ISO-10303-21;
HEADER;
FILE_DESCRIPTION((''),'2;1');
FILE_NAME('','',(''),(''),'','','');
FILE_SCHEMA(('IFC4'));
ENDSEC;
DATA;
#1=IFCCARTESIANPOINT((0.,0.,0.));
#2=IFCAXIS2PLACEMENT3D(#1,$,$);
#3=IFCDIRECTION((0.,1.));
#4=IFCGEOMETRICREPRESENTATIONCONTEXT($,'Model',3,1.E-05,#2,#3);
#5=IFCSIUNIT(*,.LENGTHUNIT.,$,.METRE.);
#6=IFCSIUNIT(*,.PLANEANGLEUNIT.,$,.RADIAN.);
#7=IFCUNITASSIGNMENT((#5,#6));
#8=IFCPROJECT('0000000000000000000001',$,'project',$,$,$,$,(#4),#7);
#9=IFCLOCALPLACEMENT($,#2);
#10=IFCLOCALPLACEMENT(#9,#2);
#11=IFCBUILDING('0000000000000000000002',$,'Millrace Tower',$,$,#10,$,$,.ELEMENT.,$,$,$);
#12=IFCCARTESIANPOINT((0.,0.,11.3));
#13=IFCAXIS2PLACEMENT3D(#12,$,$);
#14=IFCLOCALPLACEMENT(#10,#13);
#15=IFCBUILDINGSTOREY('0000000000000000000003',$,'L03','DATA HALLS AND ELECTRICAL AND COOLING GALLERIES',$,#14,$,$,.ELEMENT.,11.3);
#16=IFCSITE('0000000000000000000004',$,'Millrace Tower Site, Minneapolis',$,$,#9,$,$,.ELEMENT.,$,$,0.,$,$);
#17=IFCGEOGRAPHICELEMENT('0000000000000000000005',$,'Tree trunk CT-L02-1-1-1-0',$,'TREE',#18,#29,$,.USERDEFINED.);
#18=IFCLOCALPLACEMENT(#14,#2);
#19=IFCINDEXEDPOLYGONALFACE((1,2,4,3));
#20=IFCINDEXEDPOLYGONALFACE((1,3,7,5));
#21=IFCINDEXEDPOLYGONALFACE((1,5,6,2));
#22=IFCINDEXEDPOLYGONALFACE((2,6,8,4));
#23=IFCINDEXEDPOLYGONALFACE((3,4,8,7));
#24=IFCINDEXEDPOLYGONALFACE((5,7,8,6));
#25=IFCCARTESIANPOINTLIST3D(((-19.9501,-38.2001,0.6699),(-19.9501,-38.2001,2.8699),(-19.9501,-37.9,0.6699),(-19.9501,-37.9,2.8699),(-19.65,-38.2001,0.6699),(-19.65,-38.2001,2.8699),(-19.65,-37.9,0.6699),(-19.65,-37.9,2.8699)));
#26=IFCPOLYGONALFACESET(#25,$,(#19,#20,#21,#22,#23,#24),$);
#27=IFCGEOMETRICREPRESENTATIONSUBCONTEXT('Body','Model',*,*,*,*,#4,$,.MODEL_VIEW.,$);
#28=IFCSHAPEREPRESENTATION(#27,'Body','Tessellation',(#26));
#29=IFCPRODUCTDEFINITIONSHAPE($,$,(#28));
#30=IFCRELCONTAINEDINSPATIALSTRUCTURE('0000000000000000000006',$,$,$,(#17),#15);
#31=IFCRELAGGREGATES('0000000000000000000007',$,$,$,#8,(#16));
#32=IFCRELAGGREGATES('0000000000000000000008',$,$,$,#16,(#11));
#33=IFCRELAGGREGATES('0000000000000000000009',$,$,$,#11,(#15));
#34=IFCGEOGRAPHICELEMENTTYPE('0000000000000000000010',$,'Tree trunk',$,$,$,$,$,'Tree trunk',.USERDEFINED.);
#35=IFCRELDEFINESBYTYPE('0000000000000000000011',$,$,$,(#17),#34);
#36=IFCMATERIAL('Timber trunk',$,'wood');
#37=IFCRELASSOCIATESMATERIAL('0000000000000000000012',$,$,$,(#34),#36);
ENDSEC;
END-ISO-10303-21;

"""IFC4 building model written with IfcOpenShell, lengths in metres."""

from ifc_helpers import new_model, si_unit, direction, frame, origin, origin_2d, place, context, subcontext, project, spatial, rectangle, extrude, material, type_object, element, save


model = new_model("IFC4")

# Units and contexts
model_context = context("Model", 3, precision=1e-05, world=origin(), true_north=direction((0.0, 1.0)))
body_context = subcontext(model_context, "Body", "Model", "MODEL_VIEW")
ifc_project = project(units=[si_unit("LENGTHUNIT", "METRE"), si_unit("PLANEANGLEUNIT", "RADIAN")], contexts=[model_context])

# Site, building, storey
site_placement = place(None, origin())
site = spatial("IfcSite", under=ifc_project, at=site_placement, Name="Millrace Tower Site, Minneapolis", CompositionType="ELEMENT", RefElevation=0.0)
building_placement = place(site_placement, origin())
building = spatial("IfcBuilding", under=site, at=building_placement, Name="Millrace Tower", CompositionType="ELEMENT")
storey_placement = place(building_placement, frame((0.0, 0.0, 11.3)))
storey = spatial("IfcBuildingStorey", under=building, at=storey_placement, Name="L03", Description="DATA HALLS AND ELECTRICAL AND COOLING GALLERIES", CompositionType="ELEMENT", Elevation=11.3)

# Geographic element
ifc_material_1 = material(Name="Timber trunk", Category="wood")
geographic_element_type_1 = type_object("IfcGeographicElementType", Name="Tree trunk", ElementType="Tree trunk", PredefinedType="USERDEFINED", material=ifc_material_1)
for number, where, z_axis, x_axis, name in (
    (1, (-19.8, -38.05, 0.6699), (0.0, 0.0, 1.0), (1.0, 0.0, 0.0), "Tree trunk CT-L02-1-1-1-0"),
):
    element("IfcGeographicElement", number, at=place(storey_placement, frame(where, z_axis=z_axis, x_axis=x_axis)), inside=storey, type_object=geographic_element_type_1, Name=name, ObjectType="TREE", PredefinedType="USERDEFINED", context=body_context, shape_type="SweptSolid", body=[
        extrude(rectangle(XDim=0.3, YDim=0.3, at=origin_2d()), origin(), (0.0, 0.0, 1.0), 2.2),
    ])

save(model, "model.ifc")
